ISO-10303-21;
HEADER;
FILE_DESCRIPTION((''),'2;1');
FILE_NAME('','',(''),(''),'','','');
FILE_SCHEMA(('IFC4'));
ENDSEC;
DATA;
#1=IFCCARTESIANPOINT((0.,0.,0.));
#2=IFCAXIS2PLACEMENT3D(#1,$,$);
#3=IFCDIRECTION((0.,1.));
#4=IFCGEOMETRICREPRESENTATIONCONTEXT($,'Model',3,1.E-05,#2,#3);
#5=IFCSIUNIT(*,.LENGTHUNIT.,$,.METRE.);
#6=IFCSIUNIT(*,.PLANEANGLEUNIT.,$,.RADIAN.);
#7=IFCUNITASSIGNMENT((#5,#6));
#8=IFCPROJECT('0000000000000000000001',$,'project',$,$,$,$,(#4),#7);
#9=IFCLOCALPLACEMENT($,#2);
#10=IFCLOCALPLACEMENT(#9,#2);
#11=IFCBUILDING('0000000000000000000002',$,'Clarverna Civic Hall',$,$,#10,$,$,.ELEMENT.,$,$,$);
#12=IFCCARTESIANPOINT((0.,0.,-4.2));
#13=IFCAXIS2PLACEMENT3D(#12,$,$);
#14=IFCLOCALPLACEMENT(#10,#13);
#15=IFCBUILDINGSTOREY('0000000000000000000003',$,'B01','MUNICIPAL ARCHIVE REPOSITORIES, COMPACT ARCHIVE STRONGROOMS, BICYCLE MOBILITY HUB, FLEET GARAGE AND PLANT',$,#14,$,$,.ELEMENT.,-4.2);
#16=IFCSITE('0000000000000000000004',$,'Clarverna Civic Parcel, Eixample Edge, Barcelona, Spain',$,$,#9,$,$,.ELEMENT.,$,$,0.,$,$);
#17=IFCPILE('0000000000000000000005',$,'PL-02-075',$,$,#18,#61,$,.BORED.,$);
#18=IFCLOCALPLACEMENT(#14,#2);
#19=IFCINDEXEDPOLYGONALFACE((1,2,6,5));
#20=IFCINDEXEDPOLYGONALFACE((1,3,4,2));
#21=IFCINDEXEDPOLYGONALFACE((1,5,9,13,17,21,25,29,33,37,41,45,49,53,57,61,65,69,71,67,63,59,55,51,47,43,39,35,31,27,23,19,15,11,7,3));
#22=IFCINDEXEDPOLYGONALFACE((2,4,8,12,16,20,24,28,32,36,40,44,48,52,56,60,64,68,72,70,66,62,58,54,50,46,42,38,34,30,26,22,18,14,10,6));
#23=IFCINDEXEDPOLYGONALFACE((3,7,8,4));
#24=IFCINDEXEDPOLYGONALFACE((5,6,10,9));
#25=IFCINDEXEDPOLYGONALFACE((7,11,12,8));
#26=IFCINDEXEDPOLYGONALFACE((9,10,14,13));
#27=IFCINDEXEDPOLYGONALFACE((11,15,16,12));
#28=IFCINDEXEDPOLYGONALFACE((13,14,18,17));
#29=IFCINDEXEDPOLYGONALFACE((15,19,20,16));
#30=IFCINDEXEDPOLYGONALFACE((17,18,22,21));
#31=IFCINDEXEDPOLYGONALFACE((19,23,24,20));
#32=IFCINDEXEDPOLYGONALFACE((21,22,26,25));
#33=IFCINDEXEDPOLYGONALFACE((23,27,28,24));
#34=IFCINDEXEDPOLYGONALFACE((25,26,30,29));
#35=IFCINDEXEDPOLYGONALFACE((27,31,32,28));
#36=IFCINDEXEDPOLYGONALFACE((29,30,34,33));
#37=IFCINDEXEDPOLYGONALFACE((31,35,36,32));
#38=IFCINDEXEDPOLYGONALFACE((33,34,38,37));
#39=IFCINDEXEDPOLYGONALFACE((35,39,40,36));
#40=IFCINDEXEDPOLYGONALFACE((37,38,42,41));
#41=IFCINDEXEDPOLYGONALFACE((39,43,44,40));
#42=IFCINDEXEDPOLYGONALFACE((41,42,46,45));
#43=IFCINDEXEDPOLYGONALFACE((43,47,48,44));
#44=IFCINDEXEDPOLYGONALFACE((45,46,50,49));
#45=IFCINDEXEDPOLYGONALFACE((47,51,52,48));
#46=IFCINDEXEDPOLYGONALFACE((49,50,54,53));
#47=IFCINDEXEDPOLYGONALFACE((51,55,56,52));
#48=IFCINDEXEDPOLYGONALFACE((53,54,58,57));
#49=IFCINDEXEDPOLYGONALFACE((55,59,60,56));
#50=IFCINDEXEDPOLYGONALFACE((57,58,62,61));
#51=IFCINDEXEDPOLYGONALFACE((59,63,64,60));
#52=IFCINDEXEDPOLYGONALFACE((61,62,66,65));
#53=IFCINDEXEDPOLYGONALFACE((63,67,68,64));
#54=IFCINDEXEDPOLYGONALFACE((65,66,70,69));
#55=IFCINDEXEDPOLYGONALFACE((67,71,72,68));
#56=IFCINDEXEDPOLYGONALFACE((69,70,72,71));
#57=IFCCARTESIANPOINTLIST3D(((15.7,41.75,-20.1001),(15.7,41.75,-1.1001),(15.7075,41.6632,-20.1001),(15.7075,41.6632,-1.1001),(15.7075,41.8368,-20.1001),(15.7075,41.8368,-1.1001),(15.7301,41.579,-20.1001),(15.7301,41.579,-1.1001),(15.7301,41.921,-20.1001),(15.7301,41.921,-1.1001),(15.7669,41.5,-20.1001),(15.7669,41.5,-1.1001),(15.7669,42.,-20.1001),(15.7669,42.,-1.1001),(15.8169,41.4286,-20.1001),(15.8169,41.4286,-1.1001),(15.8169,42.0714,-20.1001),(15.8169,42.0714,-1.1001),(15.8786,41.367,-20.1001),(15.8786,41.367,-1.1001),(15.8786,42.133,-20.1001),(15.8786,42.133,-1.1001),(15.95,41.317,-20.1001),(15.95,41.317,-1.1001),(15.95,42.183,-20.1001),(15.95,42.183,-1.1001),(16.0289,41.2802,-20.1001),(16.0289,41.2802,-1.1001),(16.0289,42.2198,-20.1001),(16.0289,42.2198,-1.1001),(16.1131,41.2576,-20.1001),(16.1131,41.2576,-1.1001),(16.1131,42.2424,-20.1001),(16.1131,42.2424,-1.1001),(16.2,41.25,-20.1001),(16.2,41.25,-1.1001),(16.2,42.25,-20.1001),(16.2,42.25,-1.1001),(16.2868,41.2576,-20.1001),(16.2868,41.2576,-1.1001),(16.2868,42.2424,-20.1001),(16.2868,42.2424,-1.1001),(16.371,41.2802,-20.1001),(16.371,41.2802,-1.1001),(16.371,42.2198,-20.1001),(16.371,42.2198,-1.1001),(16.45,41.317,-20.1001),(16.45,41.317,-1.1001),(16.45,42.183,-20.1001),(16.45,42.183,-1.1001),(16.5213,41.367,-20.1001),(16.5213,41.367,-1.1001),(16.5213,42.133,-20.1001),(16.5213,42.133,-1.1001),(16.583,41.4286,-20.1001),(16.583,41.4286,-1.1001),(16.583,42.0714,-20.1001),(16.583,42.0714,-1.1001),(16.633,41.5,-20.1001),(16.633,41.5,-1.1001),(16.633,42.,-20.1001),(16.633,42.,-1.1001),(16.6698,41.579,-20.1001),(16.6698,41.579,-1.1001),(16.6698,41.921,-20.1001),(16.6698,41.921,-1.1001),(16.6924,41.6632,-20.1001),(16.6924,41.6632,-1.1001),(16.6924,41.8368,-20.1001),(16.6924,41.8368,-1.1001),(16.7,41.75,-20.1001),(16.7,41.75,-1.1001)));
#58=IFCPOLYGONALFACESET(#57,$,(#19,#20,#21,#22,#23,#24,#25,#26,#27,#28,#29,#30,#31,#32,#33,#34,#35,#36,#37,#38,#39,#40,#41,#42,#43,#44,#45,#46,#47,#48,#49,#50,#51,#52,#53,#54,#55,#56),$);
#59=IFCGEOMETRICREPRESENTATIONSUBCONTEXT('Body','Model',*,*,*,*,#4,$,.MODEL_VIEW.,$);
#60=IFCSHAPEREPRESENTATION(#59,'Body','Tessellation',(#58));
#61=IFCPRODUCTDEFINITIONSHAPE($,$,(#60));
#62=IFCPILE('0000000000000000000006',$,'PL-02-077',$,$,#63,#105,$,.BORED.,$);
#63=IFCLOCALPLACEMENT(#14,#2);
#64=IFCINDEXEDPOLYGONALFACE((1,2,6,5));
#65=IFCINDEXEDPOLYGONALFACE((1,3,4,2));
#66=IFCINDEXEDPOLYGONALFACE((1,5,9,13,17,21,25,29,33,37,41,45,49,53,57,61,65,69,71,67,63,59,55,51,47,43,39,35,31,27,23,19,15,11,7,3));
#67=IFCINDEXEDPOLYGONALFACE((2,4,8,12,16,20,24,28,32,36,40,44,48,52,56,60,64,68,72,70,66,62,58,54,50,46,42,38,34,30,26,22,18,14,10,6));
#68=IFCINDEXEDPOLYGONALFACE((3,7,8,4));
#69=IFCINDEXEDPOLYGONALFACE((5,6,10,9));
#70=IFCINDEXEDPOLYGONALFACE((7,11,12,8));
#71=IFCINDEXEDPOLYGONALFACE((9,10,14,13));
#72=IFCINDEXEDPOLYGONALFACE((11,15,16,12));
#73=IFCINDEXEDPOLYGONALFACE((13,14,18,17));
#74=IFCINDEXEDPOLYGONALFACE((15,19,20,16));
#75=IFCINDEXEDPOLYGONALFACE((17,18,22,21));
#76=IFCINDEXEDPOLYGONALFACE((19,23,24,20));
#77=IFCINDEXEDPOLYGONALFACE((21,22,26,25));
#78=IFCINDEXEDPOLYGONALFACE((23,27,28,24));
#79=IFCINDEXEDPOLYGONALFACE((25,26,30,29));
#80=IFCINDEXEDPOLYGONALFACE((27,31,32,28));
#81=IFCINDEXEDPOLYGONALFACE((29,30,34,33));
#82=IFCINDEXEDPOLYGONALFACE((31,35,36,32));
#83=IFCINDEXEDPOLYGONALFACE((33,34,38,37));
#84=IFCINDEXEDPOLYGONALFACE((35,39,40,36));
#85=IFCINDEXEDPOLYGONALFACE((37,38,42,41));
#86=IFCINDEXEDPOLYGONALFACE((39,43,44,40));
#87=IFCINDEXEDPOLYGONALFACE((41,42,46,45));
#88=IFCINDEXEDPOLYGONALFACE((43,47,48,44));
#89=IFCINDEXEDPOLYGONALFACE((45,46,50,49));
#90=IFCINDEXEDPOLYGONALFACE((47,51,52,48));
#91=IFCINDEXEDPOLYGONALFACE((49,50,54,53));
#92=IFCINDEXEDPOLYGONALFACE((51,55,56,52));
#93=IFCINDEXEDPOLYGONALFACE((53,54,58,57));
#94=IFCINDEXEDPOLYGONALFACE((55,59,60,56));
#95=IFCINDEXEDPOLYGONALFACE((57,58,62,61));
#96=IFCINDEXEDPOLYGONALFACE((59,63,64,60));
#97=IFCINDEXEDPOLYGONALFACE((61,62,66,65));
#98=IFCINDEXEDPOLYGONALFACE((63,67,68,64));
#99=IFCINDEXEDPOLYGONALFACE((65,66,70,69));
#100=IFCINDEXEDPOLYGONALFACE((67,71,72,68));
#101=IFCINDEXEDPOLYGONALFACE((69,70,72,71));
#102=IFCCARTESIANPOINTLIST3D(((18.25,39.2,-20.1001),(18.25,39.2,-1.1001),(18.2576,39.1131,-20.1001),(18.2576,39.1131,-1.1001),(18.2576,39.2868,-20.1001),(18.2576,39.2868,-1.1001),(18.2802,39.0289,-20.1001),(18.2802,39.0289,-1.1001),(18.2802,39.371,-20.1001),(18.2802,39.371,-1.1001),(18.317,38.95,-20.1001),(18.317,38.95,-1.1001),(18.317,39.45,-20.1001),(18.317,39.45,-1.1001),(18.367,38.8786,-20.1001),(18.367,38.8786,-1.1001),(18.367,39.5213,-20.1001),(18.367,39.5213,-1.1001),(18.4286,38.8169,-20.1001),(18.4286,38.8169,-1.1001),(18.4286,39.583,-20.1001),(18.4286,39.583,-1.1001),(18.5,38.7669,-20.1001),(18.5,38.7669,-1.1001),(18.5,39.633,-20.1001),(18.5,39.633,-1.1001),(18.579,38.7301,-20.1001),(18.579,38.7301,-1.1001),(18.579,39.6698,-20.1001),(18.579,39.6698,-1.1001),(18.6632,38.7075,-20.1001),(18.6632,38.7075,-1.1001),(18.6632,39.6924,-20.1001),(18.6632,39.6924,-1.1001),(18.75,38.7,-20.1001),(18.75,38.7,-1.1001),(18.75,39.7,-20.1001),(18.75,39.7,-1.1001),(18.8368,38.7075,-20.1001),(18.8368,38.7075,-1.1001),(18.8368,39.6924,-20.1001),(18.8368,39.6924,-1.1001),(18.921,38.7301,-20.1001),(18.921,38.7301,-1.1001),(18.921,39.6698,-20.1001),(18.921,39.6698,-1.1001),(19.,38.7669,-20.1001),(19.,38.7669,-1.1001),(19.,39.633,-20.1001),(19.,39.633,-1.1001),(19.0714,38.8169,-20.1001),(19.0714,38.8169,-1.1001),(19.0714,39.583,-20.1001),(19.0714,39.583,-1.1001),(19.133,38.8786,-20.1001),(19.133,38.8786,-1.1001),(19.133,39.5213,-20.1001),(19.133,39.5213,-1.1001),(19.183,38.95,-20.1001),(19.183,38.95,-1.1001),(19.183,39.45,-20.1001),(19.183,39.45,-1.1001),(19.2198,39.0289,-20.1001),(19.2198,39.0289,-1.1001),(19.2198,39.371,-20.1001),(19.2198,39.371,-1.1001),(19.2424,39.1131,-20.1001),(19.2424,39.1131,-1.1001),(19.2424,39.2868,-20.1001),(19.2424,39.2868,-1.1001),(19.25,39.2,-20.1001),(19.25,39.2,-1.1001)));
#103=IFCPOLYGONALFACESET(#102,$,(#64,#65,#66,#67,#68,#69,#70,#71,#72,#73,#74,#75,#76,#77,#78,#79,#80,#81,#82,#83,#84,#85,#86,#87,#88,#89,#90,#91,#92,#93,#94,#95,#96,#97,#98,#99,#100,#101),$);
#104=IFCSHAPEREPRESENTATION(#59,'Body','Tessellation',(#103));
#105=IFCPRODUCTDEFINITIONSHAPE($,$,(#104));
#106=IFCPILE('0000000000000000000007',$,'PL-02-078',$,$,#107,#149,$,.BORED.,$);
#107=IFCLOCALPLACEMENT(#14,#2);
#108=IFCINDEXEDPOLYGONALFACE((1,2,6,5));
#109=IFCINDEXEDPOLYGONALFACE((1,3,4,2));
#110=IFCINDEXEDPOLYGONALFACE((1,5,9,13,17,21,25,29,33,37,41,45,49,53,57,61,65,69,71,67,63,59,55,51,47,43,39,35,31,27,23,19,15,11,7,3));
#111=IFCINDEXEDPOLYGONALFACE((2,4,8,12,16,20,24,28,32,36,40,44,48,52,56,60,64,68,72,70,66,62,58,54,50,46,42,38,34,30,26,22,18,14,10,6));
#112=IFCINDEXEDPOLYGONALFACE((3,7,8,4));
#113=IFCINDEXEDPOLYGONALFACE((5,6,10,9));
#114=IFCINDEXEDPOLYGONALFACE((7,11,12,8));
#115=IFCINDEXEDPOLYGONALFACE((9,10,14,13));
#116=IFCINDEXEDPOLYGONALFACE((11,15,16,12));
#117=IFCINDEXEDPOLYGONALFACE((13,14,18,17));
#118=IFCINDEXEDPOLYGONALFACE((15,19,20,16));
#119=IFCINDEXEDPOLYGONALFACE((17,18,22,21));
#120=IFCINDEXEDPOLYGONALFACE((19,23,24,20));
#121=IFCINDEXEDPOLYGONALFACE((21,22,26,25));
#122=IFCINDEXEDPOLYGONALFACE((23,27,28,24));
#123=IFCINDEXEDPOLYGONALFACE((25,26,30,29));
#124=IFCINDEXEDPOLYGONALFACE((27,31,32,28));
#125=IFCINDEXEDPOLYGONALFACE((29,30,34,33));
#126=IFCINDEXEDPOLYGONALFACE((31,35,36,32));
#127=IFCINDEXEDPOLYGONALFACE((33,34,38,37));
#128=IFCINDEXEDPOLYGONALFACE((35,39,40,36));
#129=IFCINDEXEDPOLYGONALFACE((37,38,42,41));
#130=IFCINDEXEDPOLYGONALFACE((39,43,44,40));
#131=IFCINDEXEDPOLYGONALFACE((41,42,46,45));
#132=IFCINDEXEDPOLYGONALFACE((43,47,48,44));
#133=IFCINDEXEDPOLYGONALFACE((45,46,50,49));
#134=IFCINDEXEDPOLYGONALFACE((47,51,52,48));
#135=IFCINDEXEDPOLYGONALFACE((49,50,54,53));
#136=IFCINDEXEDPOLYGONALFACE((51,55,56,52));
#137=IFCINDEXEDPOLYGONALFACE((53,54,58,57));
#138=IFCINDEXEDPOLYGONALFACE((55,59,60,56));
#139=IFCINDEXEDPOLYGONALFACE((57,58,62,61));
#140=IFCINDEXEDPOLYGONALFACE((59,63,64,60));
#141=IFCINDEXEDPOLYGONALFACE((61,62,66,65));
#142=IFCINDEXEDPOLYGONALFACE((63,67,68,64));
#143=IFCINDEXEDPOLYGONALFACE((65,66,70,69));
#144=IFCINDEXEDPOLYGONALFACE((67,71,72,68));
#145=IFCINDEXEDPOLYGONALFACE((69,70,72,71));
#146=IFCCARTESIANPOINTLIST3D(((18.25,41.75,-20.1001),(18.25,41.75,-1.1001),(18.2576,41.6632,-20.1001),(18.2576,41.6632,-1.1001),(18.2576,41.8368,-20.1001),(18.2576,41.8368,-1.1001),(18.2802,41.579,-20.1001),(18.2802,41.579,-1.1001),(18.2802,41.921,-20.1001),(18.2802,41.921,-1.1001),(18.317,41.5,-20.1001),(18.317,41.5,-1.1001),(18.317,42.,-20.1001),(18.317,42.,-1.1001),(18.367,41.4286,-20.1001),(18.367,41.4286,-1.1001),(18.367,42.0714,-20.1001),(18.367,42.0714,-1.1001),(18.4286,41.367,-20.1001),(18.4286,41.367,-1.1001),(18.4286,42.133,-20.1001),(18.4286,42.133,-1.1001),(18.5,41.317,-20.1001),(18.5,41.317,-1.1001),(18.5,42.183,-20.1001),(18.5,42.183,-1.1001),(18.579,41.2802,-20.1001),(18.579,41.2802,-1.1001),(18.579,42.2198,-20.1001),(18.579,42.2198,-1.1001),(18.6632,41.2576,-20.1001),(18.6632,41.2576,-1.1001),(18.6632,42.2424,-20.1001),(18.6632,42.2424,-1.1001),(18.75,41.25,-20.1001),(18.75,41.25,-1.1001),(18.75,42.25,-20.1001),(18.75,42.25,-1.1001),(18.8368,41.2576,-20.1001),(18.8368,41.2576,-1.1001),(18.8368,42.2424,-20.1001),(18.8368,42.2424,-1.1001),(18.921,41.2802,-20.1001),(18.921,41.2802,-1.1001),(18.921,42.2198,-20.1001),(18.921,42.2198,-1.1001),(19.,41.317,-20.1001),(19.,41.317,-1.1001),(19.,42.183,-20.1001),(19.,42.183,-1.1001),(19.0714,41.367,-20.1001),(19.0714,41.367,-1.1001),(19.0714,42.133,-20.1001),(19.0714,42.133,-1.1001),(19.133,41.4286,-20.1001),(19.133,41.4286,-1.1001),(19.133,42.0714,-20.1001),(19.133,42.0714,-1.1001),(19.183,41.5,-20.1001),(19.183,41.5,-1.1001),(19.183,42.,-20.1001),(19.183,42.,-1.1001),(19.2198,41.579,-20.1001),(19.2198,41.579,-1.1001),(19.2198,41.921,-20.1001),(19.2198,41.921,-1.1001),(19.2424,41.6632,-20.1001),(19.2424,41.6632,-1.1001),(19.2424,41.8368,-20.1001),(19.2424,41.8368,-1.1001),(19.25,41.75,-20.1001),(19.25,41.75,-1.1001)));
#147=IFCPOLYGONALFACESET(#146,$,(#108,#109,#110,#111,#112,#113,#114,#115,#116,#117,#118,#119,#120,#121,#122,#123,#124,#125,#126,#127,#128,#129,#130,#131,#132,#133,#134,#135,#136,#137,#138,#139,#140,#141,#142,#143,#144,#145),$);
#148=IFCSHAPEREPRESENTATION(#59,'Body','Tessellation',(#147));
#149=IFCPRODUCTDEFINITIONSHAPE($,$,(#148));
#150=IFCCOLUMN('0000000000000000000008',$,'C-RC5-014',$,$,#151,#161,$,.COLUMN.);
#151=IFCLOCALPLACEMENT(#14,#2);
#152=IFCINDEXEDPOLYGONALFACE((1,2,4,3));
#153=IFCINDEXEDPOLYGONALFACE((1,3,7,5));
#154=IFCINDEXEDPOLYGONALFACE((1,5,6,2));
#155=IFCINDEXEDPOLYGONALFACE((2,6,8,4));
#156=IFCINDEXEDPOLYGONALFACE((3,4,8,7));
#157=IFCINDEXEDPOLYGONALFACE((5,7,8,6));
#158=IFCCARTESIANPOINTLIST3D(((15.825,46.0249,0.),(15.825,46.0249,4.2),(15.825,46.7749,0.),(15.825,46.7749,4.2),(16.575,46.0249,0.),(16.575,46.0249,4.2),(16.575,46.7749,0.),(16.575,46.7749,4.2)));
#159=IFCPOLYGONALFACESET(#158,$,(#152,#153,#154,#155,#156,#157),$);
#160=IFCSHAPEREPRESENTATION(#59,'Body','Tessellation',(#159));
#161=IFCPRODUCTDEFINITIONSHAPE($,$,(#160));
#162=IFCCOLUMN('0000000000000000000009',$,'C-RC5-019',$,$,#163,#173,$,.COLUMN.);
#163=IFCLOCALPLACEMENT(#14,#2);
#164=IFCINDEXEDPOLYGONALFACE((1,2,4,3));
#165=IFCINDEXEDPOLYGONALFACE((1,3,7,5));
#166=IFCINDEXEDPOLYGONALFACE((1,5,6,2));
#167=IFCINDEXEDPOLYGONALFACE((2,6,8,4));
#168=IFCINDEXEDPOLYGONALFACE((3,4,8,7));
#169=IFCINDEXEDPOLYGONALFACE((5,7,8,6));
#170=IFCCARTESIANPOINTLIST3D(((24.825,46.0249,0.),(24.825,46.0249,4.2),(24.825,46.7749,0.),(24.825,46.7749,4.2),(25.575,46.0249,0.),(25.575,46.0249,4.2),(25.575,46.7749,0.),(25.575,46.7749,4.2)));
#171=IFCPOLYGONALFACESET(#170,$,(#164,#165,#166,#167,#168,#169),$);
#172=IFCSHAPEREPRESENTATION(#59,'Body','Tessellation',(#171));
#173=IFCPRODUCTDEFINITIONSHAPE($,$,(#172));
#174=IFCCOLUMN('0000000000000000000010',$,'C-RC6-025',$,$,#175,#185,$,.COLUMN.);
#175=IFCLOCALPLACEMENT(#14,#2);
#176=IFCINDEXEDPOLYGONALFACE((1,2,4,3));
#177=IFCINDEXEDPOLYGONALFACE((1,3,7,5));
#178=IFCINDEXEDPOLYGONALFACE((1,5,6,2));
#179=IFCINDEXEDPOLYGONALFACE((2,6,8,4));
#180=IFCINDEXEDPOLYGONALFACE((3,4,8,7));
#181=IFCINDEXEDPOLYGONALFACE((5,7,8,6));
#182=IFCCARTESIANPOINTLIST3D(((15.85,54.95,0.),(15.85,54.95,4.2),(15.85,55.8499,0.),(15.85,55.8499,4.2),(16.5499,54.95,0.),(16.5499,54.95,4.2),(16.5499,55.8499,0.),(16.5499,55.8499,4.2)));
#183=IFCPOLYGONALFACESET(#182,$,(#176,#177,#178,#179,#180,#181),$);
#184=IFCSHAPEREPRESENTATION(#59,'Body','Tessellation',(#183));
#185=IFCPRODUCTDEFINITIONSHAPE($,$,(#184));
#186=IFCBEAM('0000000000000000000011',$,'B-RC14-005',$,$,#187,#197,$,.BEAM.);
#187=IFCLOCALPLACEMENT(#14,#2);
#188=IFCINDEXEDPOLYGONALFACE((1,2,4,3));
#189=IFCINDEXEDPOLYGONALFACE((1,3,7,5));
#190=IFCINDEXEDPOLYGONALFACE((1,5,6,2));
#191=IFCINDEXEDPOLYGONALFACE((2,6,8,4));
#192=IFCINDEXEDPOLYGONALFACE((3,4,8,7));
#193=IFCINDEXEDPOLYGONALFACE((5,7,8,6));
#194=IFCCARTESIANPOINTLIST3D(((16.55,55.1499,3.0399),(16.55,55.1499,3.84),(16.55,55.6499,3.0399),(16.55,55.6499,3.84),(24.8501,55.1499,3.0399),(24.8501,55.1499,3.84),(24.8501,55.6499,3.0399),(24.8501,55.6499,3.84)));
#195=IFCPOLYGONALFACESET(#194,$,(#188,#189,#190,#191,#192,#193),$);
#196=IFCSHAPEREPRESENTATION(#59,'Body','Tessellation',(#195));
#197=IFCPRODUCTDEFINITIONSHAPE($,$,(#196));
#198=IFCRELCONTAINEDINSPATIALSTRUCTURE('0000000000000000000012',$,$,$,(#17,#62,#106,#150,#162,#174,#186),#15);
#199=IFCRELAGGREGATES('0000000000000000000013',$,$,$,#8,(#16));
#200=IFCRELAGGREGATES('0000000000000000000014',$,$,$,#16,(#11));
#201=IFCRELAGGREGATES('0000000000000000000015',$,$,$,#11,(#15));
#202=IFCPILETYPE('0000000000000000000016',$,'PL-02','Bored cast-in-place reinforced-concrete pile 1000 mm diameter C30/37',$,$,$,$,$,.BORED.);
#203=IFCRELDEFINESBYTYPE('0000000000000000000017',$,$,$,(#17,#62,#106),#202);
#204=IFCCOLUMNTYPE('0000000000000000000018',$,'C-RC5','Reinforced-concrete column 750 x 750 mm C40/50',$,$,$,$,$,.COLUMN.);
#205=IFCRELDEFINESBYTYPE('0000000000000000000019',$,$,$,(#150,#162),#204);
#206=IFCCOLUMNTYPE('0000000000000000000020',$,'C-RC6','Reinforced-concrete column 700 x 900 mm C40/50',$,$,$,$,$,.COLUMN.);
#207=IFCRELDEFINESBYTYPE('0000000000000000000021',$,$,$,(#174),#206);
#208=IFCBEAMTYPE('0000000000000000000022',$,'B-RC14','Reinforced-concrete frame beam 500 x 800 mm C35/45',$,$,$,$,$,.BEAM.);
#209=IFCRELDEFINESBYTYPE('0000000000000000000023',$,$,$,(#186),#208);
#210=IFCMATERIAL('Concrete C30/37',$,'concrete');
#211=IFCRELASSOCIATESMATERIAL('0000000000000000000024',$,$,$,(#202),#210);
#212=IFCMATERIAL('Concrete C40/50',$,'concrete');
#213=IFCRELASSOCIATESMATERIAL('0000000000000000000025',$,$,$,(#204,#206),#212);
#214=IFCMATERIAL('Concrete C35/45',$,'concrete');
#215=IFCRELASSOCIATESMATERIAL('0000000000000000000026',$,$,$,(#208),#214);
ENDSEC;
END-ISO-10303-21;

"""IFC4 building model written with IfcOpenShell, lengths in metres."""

from ifc_helpers import new_model, si_unit, direction, frame, origin, origin_2d, place, context, subcontext, project, spatial, rectangle, circle, extrude, material, material_profile, profile_set, type_object, element, save


model = new_model("IFC4")

# Units and contexts
model_context = context("Model", 3, precision=1e-05, world=origin(), true_north=direction((0.0, 1.0)))
body_context = subcontext(model_context, "Body", "Model", "MODEL_VIEW")
ifc_project = project(units=[si_unit("LENGTHUNIT", "METRE"), si_unit("PLANEANGLEUNIT", "RADIAN")], contexts=[model_context])

# Site, building, storey
site_placement = place(None, origin())
site = spatial("IfcSite", under=ifc_project, at=site_placement, Name="Clarverna Civic Parcel, Eixample Edge, Barcelona, Spain", CompositionType="ELEMENT", RefElevation=0.0)
building_placement = place(site_placement, origin())
building = spatial("IfcBuilding", under=site, at=building_placement, Name="Clarverna Civic Hall", CompositionType="ELEMENT")
storey_placement = place(building_placement, frame((0.0, 0.0, -4.2)))
storey = spatial("IfcBuildingStorey", under=building, at=storey_placement, Name="B01", Description="MUNICIPAL ARCHIVE REPOSITORIES, COMPACT ARCHIVE STRONGROOMS, BICYCLE MOBILITY HUB, FLEET GARAGE AND PLANT", CompositionType="ELEMENT", Elevation=-4.2)

# Shared definitions
ifc_material_1 = material(Name="Concrete C30/37", Category="concrete")

# Piles
ifc_material_profile_1 = material_profile(ifc_material_1, circle(Radius=0.5, at=origin_2d()), Name="BORED PILE D1000")
ifc_profile_set_1 = profile_set([ifc_material_profile_1], Name="Concrete C30/37")
pile_type_1 = type_object("IfcPileType", Name="PL-02", Description="Bored cast-in-place reinforced-concrete pile 1000 mm diameter C30/37", PredefinedType="BORED", material=ifc_profile_set_1)
for number, where, z_axis, x_axis, name in (
    (1, (16.2, 41.75, -1.1001), (0.0, 0.0, -1.0), (1.0, 0.0, 0.0), "PL-02-075"),
    (2, (18.75, 39.2, -1.1001), (0.0, 0.0, -1.0), (1.0, 0.0, 0.0), "PL-02-077"),
    (3, (18.75, 41.75, -1.1001), (0.0, 0.0, -1.0), (1.0, 0.0, 0.0), "PL-02-078"),
):
    element("IfcPile", number, at=place(storey_placement, frame(where, z_axis=z_axis, x_axis=x_axis)), inside=storey, type_object=pile_type_1, Name=name, PredefinedType="BORED", context=body_context, shape_type="SweptSolid", body=[
        extrude(circle(Radius=0.5, at=origin_2d()), origin(), (0.0, 0.0, 1.0), 19.0),
    ])

# Columns
ifc_material_2 = material(Name="Concrete C40/50", Category="concrete")
ifc_material_profile_2 = material_profile(ifc_material_2, rectangle(XDim=0.75, YDim=0.75, at=origin_2d()), Name="RC 750x750")
ifc_profile_set_2 = profile_set([ifc_material_profile_2], Name="Concrete C40/50")
column_type_1 = type_object("IfcColumnType", Name="C-RC5", Description="Reinforced-concrete column 750 x 750 mm C40/50", PredefinedType="COLUMN", material=ifc_profile_set_2)
for number, where, z_axis, x_axis, name in (
    (4, (16.2, 46.3999, 0.0), (0.0, 0.0, 1.0), (1.0, 0.0, 0.0), "C-RC5-014"),
    (5, (25.2, 46.3999, 0.0), (0.0, 0.0, 1.0), (1.0, 0.0, 0.0), "C-RC5-019"),
):
    element("IfcColumn", number, at=place(storey_placement, frame(where, z_axis=z_axis, x_axis=x_axis)), inside=storey, type_object=column_type_1, Name=name, PredefinedType="COLUMN", context=body_context, shape_type="SweptSolid", body=[
        extrude(rectangle(XDim=0.75, YDim=0.75, at=origin_2d()), origin(), (0.0, 0.0, 1.0), 4.2),
    ])
ifc_material_profile_3 = material_profile(ifc_material_2, rectangle(XDim=0.7, YDim=0.8999, at=origin_2d()), Name="RC 700x900")
ifc_profile_set_3 = profile_set([ifc_material_profile_3], Name="Concrete C40/50")
column_type_2 = type_object("IfcColumnType", Name="C-RC6", Description="Reinforced-concrete column 700 x 900 mm C40/50", PredefinedType="COLUMN", material=ifc_profile_set_3)
column_placement = place(storey_placement, frame((16.2, 55.3999, 0.0), z_axis=(0.0, 0.0, 1.0), x_axis=(1.0, 0.0, 0.0)))
element("IfcColumn", 6, at=column_placement, inside=storey, type_object=column_type_2, Name="C-RC6-025", PredefinedType="COLUMN", context=body_context, shape_type="SweptSolid", body=[
    extrude(rectangle(XDim=0.7, YDim=0.8999, at=origin_2d()), origin(), (0.0, 0.0, 1.0), 4.2),
])

# Beam
ifc_material_3 = material(Name="Concrete C35/45", Category="concrete")
ifc_material_profile_4 = material_profile(ifc_material_3, rectangle(XDim=0.5, YDim=0.8, at=origin_2d()), Name="RC 500x800")
ifc_profile_set_4 = profile_set([ifc_material_profile_4], Name="Concrete C35/45")
beam_type_1 = type_object("IfcBeamType", Name="B-RC14", Description="Reinforced-concrete frame beam 500 x 800 mm C35/45", PredefinedType="BEAM", material=ifc_profile_set_4)
beam_1_placement = place(storey_placement, frame((16.55, 55.3999, 3.4399), z_axis=(1.0, 0.0, 0.0), x_axis=(0.0, 1.0, 0.0)))
element("IfcBeam", 7, at=beam_1_placement, inside=storey, type_object=beam_type_1, Name="B-RC14-005", PredefinedType="BEAM", context=body_context, shape_type="SweptSolid", body=[
    extrude(rectangle(XDim=0.5, YDim=0.8, at=origin_2d()), origin(), (0.0, 0.0, 1.0), 8.3),
])

save(model, "model.ifc")
